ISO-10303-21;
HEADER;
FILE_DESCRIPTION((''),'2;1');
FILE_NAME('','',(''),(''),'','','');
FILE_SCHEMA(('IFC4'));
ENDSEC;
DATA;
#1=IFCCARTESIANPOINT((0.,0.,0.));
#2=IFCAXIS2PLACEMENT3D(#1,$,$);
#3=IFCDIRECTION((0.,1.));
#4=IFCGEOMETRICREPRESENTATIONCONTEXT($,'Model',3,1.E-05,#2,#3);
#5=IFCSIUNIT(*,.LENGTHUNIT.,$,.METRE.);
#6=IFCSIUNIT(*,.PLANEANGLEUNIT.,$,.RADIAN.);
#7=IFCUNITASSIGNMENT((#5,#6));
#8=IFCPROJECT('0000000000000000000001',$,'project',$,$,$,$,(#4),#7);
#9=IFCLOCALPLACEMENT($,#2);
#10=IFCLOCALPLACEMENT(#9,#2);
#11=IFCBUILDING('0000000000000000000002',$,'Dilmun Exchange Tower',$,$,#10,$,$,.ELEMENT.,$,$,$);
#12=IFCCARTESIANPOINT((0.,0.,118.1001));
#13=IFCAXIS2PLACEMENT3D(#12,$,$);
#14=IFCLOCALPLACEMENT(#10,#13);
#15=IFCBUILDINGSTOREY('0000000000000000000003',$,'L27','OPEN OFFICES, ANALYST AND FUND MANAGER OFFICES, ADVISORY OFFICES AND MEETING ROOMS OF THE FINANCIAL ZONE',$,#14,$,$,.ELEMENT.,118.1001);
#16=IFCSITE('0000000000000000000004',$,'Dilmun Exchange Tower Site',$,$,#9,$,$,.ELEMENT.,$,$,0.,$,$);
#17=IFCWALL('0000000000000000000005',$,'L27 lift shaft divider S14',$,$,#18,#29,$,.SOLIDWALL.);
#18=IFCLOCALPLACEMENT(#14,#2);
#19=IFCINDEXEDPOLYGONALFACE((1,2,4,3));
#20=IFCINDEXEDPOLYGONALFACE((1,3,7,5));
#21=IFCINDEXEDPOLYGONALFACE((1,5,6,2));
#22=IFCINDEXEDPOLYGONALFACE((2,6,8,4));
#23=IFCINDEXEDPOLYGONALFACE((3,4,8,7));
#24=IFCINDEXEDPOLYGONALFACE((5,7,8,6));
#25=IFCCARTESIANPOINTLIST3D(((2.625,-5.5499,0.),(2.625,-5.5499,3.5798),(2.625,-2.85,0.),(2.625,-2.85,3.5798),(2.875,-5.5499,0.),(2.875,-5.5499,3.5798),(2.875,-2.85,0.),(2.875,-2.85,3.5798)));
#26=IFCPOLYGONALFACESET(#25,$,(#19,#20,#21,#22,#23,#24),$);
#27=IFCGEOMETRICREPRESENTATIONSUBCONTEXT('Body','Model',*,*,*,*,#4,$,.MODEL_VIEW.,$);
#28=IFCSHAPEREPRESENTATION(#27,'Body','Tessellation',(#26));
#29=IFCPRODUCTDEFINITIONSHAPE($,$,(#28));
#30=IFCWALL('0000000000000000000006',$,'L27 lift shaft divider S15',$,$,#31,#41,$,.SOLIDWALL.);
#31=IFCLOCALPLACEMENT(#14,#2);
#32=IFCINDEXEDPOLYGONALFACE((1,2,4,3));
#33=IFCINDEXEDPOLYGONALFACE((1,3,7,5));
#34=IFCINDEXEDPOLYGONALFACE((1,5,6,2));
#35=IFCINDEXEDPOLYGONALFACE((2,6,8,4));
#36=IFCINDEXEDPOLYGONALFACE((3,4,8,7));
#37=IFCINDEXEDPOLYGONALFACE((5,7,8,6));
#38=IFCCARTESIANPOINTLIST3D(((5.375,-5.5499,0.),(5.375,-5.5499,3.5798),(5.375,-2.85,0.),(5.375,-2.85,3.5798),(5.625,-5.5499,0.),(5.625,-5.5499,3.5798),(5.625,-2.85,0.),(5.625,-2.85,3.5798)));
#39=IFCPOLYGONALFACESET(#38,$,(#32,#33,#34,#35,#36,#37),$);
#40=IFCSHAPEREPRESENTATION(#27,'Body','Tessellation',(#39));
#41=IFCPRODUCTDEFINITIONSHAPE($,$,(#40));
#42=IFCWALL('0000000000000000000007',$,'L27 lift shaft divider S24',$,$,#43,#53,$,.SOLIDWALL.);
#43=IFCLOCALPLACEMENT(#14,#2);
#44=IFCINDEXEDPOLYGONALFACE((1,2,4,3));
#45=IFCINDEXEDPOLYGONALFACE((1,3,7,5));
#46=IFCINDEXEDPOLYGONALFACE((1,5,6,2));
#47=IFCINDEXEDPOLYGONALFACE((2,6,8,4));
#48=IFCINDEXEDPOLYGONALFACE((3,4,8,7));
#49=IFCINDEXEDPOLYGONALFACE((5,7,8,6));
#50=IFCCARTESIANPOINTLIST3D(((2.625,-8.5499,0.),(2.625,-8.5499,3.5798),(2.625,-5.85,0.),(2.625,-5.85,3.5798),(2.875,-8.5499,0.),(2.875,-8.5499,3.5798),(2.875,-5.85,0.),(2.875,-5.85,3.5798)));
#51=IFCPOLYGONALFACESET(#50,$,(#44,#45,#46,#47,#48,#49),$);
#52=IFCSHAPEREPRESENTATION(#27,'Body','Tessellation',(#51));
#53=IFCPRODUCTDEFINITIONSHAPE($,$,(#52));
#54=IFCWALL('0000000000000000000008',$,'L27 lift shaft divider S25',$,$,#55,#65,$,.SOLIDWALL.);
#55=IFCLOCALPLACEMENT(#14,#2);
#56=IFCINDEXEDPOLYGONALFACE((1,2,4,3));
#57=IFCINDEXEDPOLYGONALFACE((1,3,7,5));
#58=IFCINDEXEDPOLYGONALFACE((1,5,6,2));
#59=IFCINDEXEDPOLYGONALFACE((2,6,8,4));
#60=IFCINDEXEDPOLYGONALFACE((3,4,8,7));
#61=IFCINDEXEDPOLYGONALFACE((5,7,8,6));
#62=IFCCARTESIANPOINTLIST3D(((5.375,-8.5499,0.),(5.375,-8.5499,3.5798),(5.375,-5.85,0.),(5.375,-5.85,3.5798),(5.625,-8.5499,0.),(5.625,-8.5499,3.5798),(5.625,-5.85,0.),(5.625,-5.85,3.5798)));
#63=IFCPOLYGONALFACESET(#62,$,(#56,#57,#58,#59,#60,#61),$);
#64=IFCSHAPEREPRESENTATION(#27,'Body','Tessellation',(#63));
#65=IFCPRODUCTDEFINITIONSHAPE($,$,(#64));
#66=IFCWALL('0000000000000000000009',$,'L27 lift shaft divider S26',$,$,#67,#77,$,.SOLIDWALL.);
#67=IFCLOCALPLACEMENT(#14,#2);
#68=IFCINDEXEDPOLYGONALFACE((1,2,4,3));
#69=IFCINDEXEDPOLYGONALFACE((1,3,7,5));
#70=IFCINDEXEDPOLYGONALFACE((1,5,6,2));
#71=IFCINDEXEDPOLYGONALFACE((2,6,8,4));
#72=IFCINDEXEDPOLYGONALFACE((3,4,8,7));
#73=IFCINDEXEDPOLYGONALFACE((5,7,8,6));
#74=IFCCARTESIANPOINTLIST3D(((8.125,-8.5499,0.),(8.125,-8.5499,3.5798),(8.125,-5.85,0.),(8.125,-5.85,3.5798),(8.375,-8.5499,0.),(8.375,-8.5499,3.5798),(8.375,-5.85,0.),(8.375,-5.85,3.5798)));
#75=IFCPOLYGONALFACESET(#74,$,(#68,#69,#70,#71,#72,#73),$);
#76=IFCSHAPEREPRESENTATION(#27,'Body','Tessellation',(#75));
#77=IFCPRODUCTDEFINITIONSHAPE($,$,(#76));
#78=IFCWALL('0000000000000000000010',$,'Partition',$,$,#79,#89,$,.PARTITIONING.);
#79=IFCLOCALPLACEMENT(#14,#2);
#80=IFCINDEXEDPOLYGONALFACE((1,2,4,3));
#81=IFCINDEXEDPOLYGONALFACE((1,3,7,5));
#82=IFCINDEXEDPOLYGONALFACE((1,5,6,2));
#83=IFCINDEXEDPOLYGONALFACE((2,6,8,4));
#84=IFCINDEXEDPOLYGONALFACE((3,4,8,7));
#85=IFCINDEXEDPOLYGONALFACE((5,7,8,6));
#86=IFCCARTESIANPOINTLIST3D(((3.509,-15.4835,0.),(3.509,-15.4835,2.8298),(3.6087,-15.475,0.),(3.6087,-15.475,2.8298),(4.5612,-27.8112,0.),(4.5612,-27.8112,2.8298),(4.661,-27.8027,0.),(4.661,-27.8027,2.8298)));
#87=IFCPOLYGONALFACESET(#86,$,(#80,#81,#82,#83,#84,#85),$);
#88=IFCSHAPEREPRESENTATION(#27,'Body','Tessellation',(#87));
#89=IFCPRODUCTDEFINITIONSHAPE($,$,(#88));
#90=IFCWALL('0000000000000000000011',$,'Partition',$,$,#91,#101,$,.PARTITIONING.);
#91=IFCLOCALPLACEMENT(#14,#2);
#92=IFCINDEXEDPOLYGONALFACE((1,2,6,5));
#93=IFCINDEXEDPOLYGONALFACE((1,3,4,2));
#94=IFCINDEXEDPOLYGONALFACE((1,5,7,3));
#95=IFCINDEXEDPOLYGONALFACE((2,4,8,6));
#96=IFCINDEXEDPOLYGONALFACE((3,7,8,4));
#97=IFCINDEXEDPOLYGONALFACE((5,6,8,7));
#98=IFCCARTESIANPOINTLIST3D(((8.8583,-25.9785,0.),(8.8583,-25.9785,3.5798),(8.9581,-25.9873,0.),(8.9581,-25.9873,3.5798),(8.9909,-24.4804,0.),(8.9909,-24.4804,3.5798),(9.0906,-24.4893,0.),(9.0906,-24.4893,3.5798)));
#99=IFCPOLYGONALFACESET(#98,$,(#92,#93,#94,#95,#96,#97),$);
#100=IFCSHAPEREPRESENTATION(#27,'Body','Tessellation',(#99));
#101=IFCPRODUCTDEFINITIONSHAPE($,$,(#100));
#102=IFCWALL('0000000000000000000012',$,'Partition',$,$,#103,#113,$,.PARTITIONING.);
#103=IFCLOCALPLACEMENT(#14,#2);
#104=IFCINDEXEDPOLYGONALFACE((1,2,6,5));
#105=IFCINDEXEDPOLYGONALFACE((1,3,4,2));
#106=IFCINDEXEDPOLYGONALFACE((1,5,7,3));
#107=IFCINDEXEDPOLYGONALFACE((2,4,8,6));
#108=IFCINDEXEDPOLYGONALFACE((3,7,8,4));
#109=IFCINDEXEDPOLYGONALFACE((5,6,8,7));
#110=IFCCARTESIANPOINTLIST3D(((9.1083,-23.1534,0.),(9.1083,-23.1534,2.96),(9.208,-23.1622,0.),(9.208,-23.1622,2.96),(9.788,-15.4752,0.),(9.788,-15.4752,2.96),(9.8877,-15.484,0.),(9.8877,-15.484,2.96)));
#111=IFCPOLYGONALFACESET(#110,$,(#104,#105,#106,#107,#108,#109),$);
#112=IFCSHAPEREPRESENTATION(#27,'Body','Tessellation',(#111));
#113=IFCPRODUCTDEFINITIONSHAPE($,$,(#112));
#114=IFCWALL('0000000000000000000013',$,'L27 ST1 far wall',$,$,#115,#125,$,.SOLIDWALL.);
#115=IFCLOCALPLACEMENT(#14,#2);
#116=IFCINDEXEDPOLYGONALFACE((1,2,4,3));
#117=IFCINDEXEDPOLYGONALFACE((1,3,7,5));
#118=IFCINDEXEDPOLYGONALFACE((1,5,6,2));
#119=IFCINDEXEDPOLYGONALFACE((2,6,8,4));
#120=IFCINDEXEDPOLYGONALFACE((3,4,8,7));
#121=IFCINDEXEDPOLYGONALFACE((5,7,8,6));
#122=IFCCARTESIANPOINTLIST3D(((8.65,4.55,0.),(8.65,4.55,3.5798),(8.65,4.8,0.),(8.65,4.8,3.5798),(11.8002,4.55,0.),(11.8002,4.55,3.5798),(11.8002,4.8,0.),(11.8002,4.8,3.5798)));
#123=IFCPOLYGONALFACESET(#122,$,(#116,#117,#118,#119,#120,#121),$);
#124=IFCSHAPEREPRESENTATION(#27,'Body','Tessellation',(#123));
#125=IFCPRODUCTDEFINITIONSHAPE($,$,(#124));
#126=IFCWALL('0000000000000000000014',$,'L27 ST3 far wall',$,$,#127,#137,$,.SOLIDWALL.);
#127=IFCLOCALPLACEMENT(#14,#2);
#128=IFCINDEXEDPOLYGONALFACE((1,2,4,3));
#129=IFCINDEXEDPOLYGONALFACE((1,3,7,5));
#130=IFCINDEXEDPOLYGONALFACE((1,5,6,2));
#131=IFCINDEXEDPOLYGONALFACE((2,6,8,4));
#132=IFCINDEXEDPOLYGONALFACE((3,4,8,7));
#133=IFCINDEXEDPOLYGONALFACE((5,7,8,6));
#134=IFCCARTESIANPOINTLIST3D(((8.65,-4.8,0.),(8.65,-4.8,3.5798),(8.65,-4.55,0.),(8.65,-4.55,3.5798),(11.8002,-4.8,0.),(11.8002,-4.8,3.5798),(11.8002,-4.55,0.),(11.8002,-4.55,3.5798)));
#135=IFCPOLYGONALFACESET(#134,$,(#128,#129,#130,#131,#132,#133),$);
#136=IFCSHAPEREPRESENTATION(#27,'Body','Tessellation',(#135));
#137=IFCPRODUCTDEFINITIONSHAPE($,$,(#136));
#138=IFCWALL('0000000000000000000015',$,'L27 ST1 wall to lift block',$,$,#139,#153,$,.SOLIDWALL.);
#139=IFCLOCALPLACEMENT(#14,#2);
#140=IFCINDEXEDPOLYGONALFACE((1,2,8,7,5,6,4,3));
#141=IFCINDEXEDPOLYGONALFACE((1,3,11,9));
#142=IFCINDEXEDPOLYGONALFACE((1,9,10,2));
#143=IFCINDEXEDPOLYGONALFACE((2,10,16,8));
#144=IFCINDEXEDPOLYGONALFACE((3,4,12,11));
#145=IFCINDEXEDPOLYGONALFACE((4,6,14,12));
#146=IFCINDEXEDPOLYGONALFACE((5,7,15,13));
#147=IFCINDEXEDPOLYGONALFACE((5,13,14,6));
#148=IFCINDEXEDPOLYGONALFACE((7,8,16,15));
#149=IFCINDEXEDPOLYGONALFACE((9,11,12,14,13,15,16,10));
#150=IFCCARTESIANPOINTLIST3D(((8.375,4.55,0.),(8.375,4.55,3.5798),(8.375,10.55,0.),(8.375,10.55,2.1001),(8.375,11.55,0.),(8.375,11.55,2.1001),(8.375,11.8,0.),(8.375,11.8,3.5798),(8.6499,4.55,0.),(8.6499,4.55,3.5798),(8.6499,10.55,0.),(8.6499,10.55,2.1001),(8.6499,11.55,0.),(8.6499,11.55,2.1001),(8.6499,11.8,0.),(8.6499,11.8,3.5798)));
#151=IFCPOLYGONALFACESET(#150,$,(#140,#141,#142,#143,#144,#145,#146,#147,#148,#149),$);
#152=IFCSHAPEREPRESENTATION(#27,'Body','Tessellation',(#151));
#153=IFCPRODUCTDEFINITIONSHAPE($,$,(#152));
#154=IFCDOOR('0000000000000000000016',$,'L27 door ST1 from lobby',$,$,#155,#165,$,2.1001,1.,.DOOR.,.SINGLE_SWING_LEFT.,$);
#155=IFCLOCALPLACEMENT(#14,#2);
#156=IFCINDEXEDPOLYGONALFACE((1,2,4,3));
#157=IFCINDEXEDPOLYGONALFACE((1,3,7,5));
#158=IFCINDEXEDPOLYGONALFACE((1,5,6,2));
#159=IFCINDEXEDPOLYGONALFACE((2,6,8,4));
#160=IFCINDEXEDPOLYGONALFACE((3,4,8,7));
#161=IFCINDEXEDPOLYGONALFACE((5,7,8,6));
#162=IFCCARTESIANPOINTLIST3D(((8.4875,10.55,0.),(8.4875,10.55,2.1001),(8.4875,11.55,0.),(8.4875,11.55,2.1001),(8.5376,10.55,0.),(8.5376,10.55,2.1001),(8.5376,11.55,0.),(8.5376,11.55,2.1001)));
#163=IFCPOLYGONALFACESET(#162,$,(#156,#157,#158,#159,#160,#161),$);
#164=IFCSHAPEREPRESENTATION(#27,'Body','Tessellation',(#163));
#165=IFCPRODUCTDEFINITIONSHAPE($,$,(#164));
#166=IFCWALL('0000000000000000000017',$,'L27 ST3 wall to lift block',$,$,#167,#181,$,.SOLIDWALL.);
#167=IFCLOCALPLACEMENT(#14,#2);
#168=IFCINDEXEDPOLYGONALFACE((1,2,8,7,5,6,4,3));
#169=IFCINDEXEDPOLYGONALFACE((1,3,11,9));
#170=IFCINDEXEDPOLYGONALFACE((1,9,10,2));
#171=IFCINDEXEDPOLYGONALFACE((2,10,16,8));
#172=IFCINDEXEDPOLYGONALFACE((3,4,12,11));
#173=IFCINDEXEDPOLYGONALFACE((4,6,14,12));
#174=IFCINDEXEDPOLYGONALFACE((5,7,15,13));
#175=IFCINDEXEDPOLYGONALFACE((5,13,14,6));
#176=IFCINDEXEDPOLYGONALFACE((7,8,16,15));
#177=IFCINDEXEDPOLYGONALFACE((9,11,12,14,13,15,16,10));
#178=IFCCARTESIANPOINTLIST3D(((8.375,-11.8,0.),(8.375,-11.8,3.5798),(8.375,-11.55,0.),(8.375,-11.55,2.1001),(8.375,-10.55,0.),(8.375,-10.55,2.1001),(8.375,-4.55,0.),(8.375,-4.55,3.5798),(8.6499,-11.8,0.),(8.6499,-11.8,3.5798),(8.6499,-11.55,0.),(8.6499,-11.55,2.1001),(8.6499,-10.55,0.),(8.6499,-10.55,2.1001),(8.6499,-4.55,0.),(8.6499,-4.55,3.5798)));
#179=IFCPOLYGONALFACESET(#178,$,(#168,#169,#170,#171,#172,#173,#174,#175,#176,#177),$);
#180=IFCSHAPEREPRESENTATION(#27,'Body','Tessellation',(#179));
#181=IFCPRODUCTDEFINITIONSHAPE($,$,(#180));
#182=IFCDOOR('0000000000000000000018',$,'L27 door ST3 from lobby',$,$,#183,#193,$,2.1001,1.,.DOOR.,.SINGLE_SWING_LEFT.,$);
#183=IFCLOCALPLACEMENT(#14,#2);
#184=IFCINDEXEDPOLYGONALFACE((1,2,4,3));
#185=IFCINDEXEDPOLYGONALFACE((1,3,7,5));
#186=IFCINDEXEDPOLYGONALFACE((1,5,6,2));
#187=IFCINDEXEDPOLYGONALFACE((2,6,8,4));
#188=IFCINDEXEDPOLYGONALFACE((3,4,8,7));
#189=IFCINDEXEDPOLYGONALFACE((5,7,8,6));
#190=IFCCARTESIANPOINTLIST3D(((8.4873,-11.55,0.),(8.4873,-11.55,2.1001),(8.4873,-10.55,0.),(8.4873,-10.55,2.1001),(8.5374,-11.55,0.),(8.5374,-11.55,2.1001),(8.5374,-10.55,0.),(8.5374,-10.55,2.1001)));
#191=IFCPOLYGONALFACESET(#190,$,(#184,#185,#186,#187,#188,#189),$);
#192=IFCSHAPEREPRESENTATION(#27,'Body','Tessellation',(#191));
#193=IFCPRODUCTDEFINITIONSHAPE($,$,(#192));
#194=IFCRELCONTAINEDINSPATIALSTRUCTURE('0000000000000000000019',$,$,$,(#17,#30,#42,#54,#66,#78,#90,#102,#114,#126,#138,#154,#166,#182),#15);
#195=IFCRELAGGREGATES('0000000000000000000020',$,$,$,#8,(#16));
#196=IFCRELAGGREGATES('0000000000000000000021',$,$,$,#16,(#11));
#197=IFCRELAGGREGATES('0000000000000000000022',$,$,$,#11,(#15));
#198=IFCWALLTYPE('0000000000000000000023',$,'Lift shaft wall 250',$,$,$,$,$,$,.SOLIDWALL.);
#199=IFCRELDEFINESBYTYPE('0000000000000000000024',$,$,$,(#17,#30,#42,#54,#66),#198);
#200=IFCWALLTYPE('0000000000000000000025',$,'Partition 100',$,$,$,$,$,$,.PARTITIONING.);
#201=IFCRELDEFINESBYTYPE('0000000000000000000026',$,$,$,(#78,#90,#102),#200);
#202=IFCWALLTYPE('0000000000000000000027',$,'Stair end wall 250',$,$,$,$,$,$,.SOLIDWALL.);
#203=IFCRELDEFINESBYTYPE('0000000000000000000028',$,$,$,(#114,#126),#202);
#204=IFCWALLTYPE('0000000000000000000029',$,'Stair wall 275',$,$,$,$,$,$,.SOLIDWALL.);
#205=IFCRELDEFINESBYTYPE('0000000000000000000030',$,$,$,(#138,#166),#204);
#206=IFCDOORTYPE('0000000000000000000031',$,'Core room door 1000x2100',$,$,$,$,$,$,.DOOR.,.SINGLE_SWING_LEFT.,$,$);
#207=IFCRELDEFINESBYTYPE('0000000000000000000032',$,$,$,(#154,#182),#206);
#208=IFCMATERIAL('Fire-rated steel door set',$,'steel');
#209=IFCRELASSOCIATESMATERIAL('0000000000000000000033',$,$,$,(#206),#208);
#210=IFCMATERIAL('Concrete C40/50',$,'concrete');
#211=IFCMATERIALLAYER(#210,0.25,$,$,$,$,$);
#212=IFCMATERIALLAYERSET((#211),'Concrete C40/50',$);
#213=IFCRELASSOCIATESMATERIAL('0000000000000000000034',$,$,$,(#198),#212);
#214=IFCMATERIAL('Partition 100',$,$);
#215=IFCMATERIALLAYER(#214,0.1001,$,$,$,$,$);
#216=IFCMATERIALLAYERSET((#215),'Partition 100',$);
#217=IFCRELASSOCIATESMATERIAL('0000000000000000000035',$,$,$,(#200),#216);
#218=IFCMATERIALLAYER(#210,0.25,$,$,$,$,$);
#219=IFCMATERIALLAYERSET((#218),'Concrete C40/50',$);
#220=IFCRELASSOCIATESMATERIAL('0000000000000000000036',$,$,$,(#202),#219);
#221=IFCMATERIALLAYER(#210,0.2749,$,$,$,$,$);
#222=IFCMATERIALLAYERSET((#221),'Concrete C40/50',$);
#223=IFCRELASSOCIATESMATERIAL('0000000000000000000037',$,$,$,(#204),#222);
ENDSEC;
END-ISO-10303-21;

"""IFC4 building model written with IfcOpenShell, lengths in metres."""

from ifc_helpers import new_model, si_unit, direction, frame, frame_2d, origin, place, context, subcontext, project, spatial, rectangle, extrude, material, layer, layer_set, type_object, element, fill, save


model = new_model("IFC4")

# Units and contexts
model_context = context("Model", 3, precision=1e-05, world=origin(), true_north=direction((0.0, 1.0)))
body_context = subcontext(model_context, "Body", "Model", "MODEL_VIEW")
ifc_project = project(units=[si_unit("LENGTHUNIT", "METRE"), si_unit("PLANEANGLEUNIT", "RADIAN")], contexts=[model_context])

# Site, building, storey
site_placement = place(None, origin())
site = spatial("IfcSite", under=ifc_project, at=site_placement, Name="Dilmun Exchange Tower Site", CompositionType="ELEMENT", RefElevation=0.0)
building_placement = place(site_placement, origin())
building = spatial("IfcBuilding", under=site, at=building_placement, Name="Dilmun Exchange Tower", CompositionType="ELEMENT")
storey_placement = place(building_placement, frame((0.0, 0.0, 118.1001)))
storey = spatial("IfcBuildingStorey", under=building, at=storey_placement, Name="L27", Description="OPEN OFFICES, ANALYST AND FUND MANAGER OFFICES, ADVISORY OFFICES AND MEETING ROOMS OF THE FINANCIAL ZONE", CompositionType="ELEMENT", Elevation=118.1001)

# Shared definitions
ifc_material_1 = material(Name="Concrete C40/50", Category="concrete")

# Shared definitions
ifc_material_2 = material(Name="Fire-rated steel door set", Category="steel")
door_type_1 = type_object("IfcDoorType", Name="Core room door 1000x2100", OperationType="SINGLE_SWING_LEFT", PredefinedType="DOOR", material=ifc_material_2)

# Walls
ifc_layer_1 = layer(ifc_material_1, 0.25)
ifc_layer_set_1 = layer_set([ifc_layer_1], Name="Concrete C40/50")
wall_type_1 = type_object("IfcWallType", Name="Lift shaft wall 250", PredefinedType="SOLIDWALL", material=ifc_layer_set_1)
for number, where, z_axis, x_axis, name in (
    (1, (2.75, -5.55, 0.0), (0.0, 0.0, 1.0), (0.0, 1.0, 0.0), "L27 lift shaft divider S14"),
    (2, (5.5, -5.55, 0.0), (0.0, 0.0, 1.0), (0.0, 1.0, 0.0), "L27 lift shaft divider S15"),
    (3, (2.75, -8.55, 0.0), (0.0, 0.0, 1.0), (0.0, 1.0, 0.0), "L27 lift shaft divider S24"),
    (4, (5.5, -8.55, 0.0), (0.0, 0.0, 1.0), (0.0, 1.0, 0.0), "L27 lift shaft divider S25"),
    (5, (8.25, -8.55, 0.0), (0.0, 0.0, 1.0), (0.0, 1.0, 0.0), "L27 lift shaft divider S26"),
):
    element("IfcWall", number, at=place(storey_placement, frame(where, z_axis=z_axis, x_axis=x_axis)), inside=storey, type_object=wall_type_1, Name=name, PredefinedType="SOLIDWALL", context=body_context, shape_type="SweptSolid", body=[
        extrude(rectangle(XDim=2.7, YDim=0.25, at=frame_2d((1.3501, 0.0))), origin(), (0.0, 0.0, 1.0), 3.5798),
    ])
ifc_material_3 = material(Name="Partition 100")
ifc_layer_2 = layer(ifc_material_3, 0.1001)
ifc_layer_set_2 = layer_set([ifc_layer_2], Name="Partition 100")
wall_type_2 = type_object("IfcWallType", Name="Partition 100", PredefinedType="PARTITIONING", material=ifc_layer_set_2)
wall_1_placement = place(storey_placement, frame((3.5588, -15.4792, 0.0), z_axis=(0.0, 0.0, 1.0), x_axis=(0.085047, -0.996377, 0.0)))
element("IfcWall", 6, at=wall_1_placement, inside=storey, type_object=wall_type_2, Name="Partition", PredefinedType="PARTITIONING", context=body_context, shape_type="SweptSolid", body=[
    extrude(rectangle(XDim=12.3726, YDim=0.1001, at=frame_2d((6.1863, 0.0))), origin(), (0.0, 0.0, 1.0), 2.8298),
])
wall_2_placement = place(storey_placement, frame((8.9082, -25.9829, 0.0), z_axis=(0.0, 0.0, 1.0), x_axis=(0.08815, 0.996107, 0.0)))
element("IfcWall", 7, at=wall_2_placement, inside=storey, type_object=wall_type_2, Name="Partition", PredefinedType="PARTITIONING", context=body_context, shape_type="SweptSolid", body=[
    extrude(rectangle(XDim=1.5039, YDim=0.1001, at=frame_2d((0.752, 0.0))), origin(), (0.0, 0.0, 1.0), 3.5798),
])
wall_3_placement = place(storey_placement, frame((9.1582, -23.1577, 0.0), z_axis=(0.0, 0.0, 1.0), x_axis=(0.088177, 0.996105, 0.0)))
element("IfcWall", 8, at=wall_3_placement, inside=storey, type_object=wall_type_2, Name="Partition", PredefinedType="PARTITIONING", context=body_context, shape_type="SweptSolid", body=[
    extrude(rectangle(XDim=7.7083, YDim=0.1001, at=frame_2d((3.854, 0.0))), origin(), (0.0, 0.0, 1.0), 2.96),
])
ifc_layer_3 = layer(ifc_material_1, 0.25)
ifc_layer_set_3 = layer_set([ifc_layer_3], Name="Concrete C40/50")
wall_type_3 = type_object("IfcWallType", Name="Stair end wall 250", PredefinedType="SOLIDWALL", material=ifc_layer_set_3)
for number, where, z_axis, x_axis, name in (
    (9, (8.6499, 4.675, 0.0), (0.0, 0.0, 1.0), (1.0, 0.0, 0.0), "L27 ST1 far wall"),
    (10, (8.6499, -4.675, 0.0), (0.0, 0.0, 1.0), (1.0, 0.0, 0.0), "L27 ST3 far wall"),
):
    element("IfcWall", number, at=place(storey_placement, frame(where, z_axis=z_axis, x_axis=x_axis)), inside=storey, type_object=wall_type_3, Name=name, PredefinedType="SOLIDWALL", context=body_context, shape_type="SweptSolid", body=[
        extrude(rectangle(XDim=3.1501, YDim=0.25, at=frame_2d((1.5752, 0.0))), origin(), (0.0, 0.0, 1.0), 3.5798),
    ])

# Walls, openings, doors
ifc_layer_4 = layer(ifc_material_1, 0.2749)
ifc_layer_set_4 = layer_set([ifc_layer_4], Name="Concrete C40/50")
wall_type_4 = type_object("IfcWallType", Name="Stair wall 275", PredefinedType="SOLIDWALL", material=ifc_layer_set_4)
wall_4_placement = place(storey_placement, frame((8.5125, 4.55, 0.0), z_axis=(0.0, 0.0, 1.0), x_axis=(0.0, 1.0, 0.0)))
wall_4 = element("IfcWall", 11, at=wall_4_placement, inside=storey, type_object=wall_type_4, Name="L27 ST1 wall to lift block", PredefinedType="SOLIDWALL", context=body_context, shape_type="SweptSolid", body=[
    extrude(rectangle(XDim=7.25, YDim=0.2749, at=frame_2d((3.625, 0.0))), origin(), (0.0, 0.0, 1.0), 3.5798),
])
opening_1_placement = place(wall_4_placement, frame((6.0, 0.0, 0.0)))
opening_1 = element("IfcOpeningElement", 12, at=opening_1_placement, cuts=wall_4, PredefinedType="OPENING", context=body_context, shape_type="SweptSolid", body=[
    extrude(rectangle(XDim=1.0, YDim=2.1001, at=frame_2d((0.5, 1.05))), frame((0.0, 0.1475, 0.0), z_axis=(0.0, -1.0, 0.0), x_axis=(1.0, 0.0, 0.0)), (0.0, 0.0, 1.0), 0.2949),
])
door_1_placement = place(opening_1_placement, origin())
door_1 = element("IfcDoor", 13, at=door_1_placement, inside=storey, type_object=door_type_1, Name="L27 door ST1 from lobby", OperationType="SINGLE_SWING_LEFT", OverallHeight=2.1001, OverallWidth=1.0, PredefinedType="DOOR", context=body_context, shape_type="SweptSolid", body=[
    extrude(rectangle(XDim=1.0, YDim=2.1001, at=frame_2d((0.5, 1.05))), frame((0.0, 0.0249, 0.0), z_axis=(0.0, -1.0, 0.0), x_axis=(1.0, 0.0, 0.0)), (0.0, 0.0, 1.0), 0.05),
])
fill(opening_1, door_1)
wall_5_placement = place(storey_placement, frame((8.5125, -4.55, 0.0), z_axis=(0.0, 0.0, 1.0), x_axis=(0.0, -1.0, 0.0)))
wall_5 = element("IfcWall", 14, at=wall_5_placement, inside=storey, type_object=wall_type_4, Name="L27 ST3 wall to lift block", PredefinedType="SOLIDWALL", context=body_context, shape_type="SweptSolid", body=[
    extrude(rectangle(XDim=7.25, YDim=0.2749, at=frame_2d((3.625, 0.0))), origin(), (0.0, 0.0, 1.0), 3.5798),
])
opening_2_placement = place(wall_5_placement, frame((6.0, 0.0, 0.0)))
opening_2 = element("IfcOpeningElement", 15, at=opening_2_placement, cuts=wall_5, PredefinedType="OPENING", context=body_context, shape_type="SweptSolid", body=[
    extrude(rectangle(XDim=1.0, YDim=2.1001, at=frame_2d((0.5, 1.05))), frame((0.0, 0.1475, 0.0), z_axis=(0.0, -1.0, 0.0), x_axis=(1.0, 0.0, 0.0)), (0.0, 0.0, 1.0), 0.2949),
])
door_2_placement = place(opening_2_placement, origin())
door_2 = element("IfcDoor", 16, at=door_2_placement, inside=storey, type_object=door_type_1, Name="L27 door ST3 from lobby", OperationType="SINGLE_SWING_LEFT", OverallHeight=2.1001, OverallWidth=1.0, PredefinedType="DOOR", context=body_context, shape_type="SweptSolid", body=[
    extrude(rectangle(XDim=1.0, YDim=2.1001, at=frame_2d((0.5, 1.05))), frame((0.0, 0.0249, 0.0), z_axis=(0.0, -1.0, 0.0), x_axis=(1.0, 0.0, 0.0)), (0.0, 0.0, 1.0), 0.05),
])
fill(opening_2, door_2)

save(model, "model.ifc")
